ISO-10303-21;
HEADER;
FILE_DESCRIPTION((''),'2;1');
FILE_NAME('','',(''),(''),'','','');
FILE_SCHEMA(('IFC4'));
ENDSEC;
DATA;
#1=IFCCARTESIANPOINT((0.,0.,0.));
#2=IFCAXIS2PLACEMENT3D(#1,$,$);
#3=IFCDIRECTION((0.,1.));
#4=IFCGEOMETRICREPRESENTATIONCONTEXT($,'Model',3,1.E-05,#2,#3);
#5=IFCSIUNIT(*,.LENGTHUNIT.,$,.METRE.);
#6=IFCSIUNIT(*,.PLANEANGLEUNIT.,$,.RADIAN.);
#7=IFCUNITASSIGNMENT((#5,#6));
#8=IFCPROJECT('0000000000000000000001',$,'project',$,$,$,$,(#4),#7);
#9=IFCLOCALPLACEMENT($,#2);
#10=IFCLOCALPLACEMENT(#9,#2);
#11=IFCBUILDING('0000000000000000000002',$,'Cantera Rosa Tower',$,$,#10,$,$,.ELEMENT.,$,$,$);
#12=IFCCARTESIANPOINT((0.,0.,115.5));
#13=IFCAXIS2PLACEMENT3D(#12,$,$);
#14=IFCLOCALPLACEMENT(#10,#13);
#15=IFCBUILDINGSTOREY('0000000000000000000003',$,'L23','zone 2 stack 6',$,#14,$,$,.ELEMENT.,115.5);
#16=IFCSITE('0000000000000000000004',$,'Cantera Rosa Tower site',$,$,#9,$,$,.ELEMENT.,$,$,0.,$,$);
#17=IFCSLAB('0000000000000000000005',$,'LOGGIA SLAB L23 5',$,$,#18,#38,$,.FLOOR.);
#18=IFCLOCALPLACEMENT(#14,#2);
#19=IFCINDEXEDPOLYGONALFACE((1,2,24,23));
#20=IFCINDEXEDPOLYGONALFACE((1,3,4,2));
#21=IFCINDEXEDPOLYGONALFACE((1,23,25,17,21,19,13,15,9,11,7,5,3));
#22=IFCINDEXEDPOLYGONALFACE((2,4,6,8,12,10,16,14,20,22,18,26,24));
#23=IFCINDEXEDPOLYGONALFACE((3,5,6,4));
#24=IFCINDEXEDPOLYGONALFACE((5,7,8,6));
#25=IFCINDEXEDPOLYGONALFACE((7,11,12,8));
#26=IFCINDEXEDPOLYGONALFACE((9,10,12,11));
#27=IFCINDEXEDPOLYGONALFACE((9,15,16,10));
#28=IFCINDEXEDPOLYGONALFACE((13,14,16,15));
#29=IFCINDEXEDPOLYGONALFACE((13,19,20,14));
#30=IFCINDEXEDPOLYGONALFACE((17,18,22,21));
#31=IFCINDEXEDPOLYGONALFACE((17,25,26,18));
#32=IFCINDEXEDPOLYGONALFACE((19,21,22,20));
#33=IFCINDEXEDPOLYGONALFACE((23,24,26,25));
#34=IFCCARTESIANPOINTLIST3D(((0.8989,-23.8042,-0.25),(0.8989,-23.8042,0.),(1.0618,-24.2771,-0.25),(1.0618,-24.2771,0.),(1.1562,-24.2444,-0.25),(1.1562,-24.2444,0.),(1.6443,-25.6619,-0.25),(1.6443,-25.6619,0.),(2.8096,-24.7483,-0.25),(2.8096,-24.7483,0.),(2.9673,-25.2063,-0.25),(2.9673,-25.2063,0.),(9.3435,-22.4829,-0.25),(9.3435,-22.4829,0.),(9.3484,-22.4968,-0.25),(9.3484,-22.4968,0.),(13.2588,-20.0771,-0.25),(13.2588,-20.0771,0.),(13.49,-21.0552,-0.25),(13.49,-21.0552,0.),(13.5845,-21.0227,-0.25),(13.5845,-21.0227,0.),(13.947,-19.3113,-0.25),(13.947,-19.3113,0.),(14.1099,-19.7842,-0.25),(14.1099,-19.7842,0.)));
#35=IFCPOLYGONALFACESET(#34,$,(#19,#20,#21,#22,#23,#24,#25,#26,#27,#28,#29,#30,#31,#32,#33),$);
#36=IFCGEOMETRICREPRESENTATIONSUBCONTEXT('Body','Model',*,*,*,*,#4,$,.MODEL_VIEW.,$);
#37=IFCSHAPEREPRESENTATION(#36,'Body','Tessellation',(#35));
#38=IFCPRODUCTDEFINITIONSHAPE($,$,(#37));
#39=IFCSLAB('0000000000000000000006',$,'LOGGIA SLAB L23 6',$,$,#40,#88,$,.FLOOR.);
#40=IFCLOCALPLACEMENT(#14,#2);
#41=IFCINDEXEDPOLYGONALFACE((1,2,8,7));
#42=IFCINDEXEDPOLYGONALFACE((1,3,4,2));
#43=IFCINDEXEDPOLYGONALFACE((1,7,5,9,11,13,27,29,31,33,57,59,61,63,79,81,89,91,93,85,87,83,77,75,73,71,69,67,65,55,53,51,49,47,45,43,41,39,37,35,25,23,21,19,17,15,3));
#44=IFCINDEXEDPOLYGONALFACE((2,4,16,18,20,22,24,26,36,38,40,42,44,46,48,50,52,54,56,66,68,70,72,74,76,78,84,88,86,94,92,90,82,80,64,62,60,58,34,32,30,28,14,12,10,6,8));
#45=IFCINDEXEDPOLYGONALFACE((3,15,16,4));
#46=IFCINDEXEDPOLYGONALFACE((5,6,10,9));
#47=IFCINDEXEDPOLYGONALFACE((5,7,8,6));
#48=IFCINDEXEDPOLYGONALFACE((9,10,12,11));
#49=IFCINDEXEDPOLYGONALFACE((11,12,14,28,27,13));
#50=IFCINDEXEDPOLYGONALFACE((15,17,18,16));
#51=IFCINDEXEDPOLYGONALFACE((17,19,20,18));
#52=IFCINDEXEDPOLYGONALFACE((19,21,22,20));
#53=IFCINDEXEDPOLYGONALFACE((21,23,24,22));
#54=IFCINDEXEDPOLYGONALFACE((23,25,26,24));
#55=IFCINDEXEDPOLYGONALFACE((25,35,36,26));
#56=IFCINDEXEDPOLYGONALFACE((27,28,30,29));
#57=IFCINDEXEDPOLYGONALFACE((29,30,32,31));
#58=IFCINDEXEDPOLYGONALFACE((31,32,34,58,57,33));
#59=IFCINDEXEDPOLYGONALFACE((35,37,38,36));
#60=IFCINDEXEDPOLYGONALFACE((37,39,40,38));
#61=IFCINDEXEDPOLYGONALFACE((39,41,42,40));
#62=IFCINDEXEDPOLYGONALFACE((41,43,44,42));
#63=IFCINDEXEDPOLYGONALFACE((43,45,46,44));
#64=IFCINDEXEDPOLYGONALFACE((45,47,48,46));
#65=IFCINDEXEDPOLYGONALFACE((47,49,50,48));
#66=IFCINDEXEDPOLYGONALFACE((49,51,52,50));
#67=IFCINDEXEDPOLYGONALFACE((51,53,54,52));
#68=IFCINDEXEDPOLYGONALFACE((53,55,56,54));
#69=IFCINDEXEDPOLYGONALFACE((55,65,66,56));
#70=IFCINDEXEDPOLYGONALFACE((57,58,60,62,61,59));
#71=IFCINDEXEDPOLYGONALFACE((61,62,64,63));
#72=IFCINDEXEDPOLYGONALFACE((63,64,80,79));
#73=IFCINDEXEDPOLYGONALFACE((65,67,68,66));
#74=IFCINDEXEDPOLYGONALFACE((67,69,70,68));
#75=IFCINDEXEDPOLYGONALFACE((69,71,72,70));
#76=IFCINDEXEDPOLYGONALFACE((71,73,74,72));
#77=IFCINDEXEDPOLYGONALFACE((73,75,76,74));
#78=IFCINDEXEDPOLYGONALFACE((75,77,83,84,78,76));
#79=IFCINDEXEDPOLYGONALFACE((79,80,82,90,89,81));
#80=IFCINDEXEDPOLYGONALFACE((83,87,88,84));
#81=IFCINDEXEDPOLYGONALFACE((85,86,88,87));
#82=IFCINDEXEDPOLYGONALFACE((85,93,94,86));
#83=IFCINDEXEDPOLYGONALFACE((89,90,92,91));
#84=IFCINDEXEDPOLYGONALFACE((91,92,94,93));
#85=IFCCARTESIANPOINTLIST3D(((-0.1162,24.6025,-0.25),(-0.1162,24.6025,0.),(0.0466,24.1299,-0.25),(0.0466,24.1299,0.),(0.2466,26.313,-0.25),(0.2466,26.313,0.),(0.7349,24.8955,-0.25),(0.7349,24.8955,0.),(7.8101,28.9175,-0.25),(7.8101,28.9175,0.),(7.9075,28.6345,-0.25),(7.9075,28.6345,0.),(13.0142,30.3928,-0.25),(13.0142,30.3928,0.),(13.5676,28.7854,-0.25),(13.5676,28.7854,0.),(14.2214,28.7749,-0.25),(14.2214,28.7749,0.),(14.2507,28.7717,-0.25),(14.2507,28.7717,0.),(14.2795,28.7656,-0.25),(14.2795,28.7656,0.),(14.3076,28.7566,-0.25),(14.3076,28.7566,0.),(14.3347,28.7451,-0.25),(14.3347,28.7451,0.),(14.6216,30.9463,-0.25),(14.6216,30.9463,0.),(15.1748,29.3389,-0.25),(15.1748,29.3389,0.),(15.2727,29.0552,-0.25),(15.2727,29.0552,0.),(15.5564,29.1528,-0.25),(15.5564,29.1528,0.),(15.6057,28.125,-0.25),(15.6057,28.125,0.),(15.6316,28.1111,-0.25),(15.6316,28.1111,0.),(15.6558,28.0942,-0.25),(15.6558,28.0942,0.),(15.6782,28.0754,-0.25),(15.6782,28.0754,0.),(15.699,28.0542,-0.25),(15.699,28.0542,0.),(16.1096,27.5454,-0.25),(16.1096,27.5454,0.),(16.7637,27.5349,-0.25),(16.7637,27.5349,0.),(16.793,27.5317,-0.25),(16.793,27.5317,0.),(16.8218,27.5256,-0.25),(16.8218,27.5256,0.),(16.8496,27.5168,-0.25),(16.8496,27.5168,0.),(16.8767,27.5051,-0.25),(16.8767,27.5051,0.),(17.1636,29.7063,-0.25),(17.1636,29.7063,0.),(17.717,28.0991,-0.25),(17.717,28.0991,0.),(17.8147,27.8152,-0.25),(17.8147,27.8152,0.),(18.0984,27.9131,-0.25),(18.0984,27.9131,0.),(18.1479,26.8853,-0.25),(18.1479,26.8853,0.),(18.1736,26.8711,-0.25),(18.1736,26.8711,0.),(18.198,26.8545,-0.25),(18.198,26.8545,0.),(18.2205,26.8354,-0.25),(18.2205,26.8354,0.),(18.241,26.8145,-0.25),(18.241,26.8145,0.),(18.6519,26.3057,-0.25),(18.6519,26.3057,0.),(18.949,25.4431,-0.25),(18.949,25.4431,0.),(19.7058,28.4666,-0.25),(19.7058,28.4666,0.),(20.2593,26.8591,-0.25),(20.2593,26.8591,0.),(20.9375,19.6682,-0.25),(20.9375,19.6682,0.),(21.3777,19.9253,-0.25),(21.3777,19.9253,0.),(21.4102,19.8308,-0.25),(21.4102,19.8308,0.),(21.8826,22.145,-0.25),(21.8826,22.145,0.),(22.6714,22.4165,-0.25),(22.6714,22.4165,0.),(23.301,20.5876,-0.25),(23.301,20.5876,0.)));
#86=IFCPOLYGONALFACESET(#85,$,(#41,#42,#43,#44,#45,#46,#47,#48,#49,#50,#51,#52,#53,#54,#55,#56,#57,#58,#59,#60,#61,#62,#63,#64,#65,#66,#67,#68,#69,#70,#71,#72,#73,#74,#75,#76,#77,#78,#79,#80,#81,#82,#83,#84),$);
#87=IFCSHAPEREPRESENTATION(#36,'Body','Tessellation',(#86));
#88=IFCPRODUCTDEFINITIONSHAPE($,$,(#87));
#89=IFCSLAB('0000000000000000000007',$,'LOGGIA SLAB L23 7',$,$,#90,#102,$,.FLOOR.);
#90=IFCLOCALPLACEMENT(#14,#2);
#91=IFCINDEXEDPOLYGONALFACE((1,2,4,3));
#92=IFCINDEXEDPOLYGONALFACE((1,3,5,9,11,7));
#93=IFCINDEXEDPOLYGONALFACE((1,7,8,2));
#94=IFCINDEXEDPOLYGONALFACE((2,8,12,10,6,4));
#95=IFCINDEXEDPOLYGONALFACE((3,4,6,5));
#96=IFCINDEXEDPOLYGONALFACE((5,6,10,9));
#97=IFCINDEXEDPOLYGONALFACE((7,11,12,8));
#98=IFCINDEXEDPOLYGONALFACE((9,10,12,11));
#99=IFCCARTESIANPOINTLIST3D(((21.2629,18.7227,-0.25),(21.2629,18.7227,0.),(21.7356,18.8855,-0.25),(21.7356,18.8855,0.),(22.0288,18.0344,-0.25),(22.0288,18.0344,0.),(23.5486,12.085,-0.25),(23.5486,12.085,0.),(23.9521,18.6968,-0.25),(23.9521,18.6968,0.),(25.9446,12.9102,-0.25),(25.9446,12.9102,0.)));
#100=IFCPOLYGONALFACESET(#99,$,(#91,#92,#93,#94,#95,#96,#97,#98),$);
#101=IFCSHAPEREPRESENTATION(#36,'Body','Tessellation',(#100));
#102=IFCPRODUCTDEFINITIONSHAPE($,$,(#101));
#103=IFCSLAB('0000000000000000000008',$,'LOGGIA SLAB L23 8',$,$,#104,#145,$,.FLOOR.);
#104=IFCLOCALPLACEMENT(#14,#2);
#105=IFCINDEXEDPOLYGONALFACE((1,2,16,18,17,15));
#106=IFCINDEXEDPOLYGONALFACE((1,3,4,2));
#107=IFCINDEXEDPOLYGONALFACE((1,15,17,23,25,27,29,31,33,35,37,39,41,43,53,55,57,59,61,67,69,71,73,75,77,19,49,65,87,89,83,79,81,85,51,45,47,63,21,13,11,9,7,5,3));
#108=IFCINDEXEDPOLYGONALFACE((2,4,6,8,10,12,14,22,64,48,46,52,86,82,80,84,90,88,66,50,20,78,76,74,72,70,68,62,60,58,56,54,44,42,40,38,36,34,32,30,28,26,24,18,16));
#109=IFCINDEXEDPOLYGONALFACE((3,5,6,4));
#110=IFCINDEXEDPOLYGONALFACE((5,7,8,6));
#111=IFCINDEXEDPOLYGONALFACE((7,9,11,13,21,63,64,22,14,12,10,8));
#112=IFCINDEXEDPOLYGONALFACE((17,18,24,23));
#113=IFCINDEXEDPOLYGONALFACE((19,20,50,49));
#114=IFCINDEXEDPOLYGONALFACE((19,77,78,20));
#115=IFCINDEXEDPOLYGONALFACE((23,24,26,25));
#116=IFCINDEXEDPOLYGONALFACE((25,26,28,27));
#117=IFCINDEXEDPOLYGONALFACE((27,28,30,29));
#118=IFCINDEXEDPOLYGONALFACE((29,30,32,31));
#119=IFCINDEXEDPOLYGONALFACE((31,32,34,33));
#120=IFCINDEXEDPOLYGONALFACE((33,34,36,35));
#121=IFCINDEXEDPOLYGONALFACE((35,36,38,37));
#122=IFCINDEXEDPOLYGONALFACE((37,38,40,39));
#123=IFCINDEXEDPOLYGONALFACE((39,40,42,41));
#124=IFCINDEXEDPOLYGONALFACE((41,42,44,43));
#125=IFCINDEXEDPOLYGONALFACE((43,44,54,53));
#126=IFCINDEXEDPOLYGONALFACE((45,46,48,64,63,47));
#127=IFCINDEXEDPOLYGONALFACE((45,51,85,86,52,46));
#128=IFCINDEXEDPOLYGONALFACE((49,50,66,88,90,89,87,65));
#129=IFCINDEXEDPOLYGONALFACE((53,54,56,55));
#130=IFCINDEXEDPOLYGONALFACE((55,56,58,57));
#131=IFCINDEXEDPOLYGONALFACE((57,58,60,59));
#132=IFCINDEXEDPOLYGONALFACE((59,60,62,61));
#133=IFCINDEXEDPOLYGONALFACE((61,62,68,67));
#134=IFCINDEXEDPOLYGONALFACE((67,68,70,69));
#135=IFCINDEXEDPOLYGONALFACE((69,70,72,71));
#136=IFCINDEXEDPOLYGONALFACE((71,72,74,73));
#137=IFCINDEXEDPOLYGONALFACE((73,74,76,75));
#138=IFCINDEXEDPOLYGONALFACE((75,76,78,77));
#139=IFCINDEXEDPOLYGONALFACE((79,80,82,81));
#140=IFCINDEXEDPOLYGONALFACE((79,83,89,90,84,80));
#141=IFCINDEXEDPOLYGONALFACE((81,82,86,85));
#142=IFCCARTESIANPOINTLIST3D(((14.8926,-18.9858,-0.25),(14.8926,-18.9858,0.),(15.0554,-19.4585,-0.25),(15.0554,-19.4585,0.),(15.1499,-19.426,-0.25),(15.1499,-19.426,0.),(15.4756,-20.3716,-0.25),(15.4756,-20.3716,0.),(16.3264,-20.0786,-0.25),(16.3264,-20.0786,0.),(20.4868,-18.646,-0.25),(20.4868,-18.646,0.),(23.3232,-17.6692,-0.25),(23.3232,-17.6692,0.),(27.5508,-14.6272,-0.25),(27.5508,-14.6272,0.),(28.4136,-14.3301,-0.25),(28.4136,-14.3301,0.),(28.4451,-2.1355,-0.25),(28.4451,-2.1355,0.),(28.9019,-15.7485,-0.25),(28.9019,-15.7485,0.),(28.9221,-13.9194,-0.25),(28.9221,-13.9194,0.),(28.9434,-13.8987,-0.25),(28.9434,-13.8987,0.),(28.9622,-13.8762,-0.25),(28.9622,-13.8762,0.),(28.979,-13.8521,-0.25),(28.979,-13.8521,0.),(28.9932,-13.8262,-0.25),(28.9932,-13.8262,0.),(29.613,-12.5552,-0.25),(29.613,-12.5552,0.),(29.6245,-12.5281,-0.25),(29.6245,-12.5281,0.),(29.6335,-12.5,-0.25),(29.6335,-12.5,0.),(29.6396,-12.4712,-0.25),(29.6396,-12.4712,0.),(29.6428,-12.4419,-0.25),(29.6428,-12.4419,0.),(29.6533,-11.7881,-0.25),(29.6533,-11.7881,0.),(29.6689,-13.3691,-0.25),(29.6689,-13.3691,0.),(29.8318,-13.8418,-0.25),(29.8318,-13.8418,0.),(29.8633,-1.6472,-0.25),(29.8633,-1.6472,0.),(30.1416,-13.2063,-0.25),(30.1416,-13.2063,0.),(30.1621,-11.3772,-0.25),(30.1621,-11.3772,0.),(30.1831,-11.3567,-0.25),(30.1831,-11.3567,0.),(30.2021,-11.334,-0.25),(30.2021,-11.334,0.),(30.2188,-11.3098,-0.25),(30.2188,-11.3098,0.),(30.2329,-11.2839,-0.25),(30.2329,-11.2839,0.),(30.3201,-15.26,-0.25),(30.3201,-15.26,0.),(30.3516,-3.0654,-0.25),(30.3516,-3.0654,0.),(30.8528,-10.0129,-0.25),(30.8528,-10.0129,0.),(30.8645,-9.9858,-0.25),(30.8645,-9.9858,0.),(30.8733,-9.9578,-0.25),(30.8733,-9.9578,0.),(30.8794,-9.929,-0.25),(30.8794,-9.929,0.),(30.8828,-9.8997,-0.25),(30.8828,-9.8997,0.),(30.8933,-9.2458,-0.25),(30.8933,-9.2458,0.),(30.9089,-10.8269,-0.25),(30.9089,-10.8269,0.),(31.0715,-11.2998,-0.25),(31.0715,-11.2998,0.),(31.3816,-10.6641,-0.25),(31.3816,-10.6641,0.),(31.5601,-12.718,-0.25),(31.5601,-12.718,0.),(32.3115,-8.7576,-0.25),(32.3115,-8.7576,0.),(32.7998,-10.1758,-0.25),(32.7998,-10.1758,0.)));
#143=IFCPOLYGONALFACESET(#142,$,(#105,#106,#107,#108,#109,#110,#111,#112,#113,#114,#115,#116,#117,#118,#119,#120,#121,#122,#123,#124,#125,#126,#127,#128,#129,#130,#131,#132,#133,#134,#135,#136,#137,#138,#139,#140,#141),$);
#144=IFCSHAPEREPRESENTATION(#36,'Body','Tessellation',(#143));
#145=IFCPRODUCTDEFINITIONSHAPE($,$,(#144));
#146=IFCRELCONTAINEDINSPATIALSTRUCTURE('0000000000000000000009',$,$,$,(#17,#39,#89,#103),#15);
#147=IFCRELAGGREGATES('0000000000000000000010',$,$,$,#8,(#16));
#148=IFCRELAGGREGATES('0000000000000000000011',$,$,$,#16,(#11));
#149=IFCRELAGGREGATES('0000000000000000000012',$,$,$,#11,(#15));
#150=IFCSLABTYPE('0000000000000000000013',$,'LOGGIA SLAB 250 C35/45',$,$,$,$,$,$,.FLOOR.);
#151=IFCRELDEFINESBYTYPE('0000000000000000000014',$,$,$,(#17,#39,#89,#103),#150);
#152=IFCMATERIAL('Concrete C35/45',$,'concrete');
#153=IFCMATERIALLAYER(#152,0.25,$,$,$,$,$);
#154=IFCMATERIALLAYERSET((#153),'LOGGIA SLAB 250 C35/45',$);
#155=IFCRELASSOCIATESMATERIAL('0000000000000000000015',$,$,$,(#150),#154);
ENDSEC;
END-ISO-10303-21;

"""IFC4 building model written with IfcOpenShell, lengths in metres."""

from ifc_helpers import new_model, si_unit, direction, frame, origin, place, context, subcontext, project, spatial, polyline, outline, extrude, material, layer, layer_set, type_object, element, save


model = new_model("IFC4")

# Units and contexts
model_context = context("Model", 3, precision=1e-05, world=origin(), true_north=direction((0.0, 1.0)))
body_context = subcontext(model_context, "Body", "Model", "MODEL_VIEW")
ifc_project = project(units=[si_unit("LENGTHUNIT", "METRE"), si_unit("PLANEANGLEUNIT", "RADIAN")], contexts=[model_context])

# Site, building, storey
site_placement = place(None, origin())
site = spatial("IfcSite", under=ifc_project, at=site_placement, Name="Cantera Rosa Tower site", CompositionType="ELEMENT", RefElevation=0.0)
building_placement = place(site_placement, origin())
building = spatial("IfcBuilding", under=site, at=building_placement, Name="Cantera Rosa Tower", CompositionType="ELEMENT")
storey_placement = place(building_placement, frame((0.0, 0.0, 115.5)))
storey = spatial("IfcBuildingStorey", under=building, at=storey_placement, Name="L23", Description="zone 2 stack 6", CompositionType="ELEMENT", Elevation=115.5)

# Slabs
ifc_material_1 = material(Name="Concrete C35/45", Category="concrete")
ifc_layer_1 = layer(ifc_material_1, 0.25)
ifc_layer_set_1 = layer_set([ifc_layer_1], Name="LOGGIA SLAB 250 C35/45")
slab_type_1 = type_object("IfcSlabType", Name="LOGGIA SLAB 250 C35/45", PredefinedType="FLOOR", material=ifc_layer_set_1)
slab_1_placement = place(storey_placement, frame((0.0, 0.0, -0.25)))
element("IfcSlab", 1, at=slab_1_placement, inside=storey, type_object=slab_type_1, Name="LOGGIA SLAB L23 5", PredefinedType="FLOOR", context=body_context, shape_type="SweptSolid", body=[
    extrude(outline(polyline([(1.0618, -24.2771), (0.8989, -23.8042), (13.947, -19.3113), (14.1099, -19.7842), (13.2588, -20.0771), (13.5845, -21.0227), (13.49, -21.0552), (9.3435, -22.4829), (9.3484, -22.4968), (2.8096, -24.7483), (2.9673, -25.2063), (1.6443, -25.6619), (1.1562, -24.2444), (1.0618, -24.2771)])), origin(), (0.0, 0.0, 1.0), 0.25),
])
slab_2_placement = place(storey_placement, frame((0.0, 0.0, -0.25)))
element("IfcSlab", 2, at=slab_2_placement, inside=storey, type_object=slab_type_1, Name="LOGGIA SLAB L23 6", PredefinedType="FLOOR", context=body_context, shape_type="SweptSolid", body=[
    extrude(outline(polyline([(13.0142, 30.3928), (14.6216, 30.9463), (15.1748, 29.3389), (15.2727, 29.0552), (15.5564, 29.1528), (17.1636, 29.7063), (17.717, 28.0991), (17.8147, 27.8152), (18.0984, 27.9131), (19.7058, 28.4666), (20.2593, 26.8591), (21.8826, 22.145), (22.6714, 22.4165), (23.301, 20.5876), (21.3777, 19.9253), (21.4102, 19.8308), (20.9375, 19.6682), (18.949, 25.4431), (18.6519, 26.3057), (18.241, 26.8145), (18.2205, 26.8354), (18.198, 26.8545), (18.1736, 26.8711), (18.1479, 26.8853), (16.8767, 27.5051), (16.8496, 27.5168), (16.8218, 27.5256), (16.793, 27.5317), (16.7637, 27.5349), (16.1096, 27.5454), (15.699, 28.0542), (15.6782, 28.0754), (15.6558, 28.0942), (15.6316, 28.1111), (15.6057, 28.125), (14.3347, 28.7451), (14.3076, 28.7566), (14.2795, 28.7656), (14.2507, 28.7717), (14.2214, 28.7749), (13.5676, 28.7854), (0.0466, 24.1299), (-0.1162, 24.6025), (0.7349, 24.8955), (0.2466, 26.313), (7.8101, 28.9175), (7.9075, 28.6345), (13.0142, 30.3928)])), origin(), (0.0, 0.0, 1.0), 0.25),
])
slab_3_placement = place(storey_placement, frame((0.0, 0.0, -0.25)))
element("IfcSlab", 3, at=slab_3_placement, inside=storey, type_object=slab_type_1, Name="LOGGIA SLAB L23 7", PredefinedType="FLOOR", context=body_context, shape_type="SweptSolid", body=[
    extrude(outline(polyline([(21.7356, 18.8855), (22.0288, 18.0344), (23.9521, 18.6968), (25.9446, 12.9102), (23.5486, 12.085), (21.2629, 18.7227), (21.7356, 18.8855)])), origin(), (0.0, 0.0, 1.0), 0.25),
])
slab_4_placement = place(storey_placement, frame((0.0, 0.0, -0.25)))
element("IfcSlab", 4, at=slab_4_placement, inside=storey, type_object=slab_type_1, Name="LOGGIA SLAB L23 8", PredefinedType="FLOOR", context=body_context, shape_type="SweptSolid", body=[
    extrude(outline(polyline([(32.3115, -8.7576), (32.7998, -10.1758), (31.3816, -10.6641), (30.9089, -10.8269), (31.0715, -11.2998), (31.5601, -12.718), (30.1416, -13.2063), (29.6689, -13.3691), (29.8318, -13.8418), (30.3201, -15.26), (28.9019, -15.7485), (23.3232, -17.6692), (20.4868, -18.646), (16.3264, -20.0786), (15.4756, -20.3716), (15.1499, -19.426), (15.0554, -19.4585), (14.8926, -18.9858), (27.5508, -14.6272), (28.4136, -14.3301), (28.9221, -13.9194), (28.9434, -13.8987), (28.9622, -13.8762), (28.979, -13.8521), (28.9932, -13.8262), (29.613, -12.5552), (29.6245, -12.5281), (29.6335, -12.5), (29.6396, -12.4712), (29.6428, -12.4419), (29.6533, -11.7881), (30.1621, -11.3772), (30.1831, -11.3567), (30.2021, -11.334), (30.2188, -11.3098), (30.2329, -11.2839), (30.8528, -10.0129), (30.8645, -9.9858), (30.8733, -9.9578), (30.8794, -9.929), (30.8828, -9.8997), (30.8933, -9.2458), (28.4451, -2.1355), (29.8633, -1.6472), (30.3516, -3.0654), (32.3115, -8.7576)])), origin(), (0.0, 0.0, 1.0), 0.25),
])

save(model, "model.ifc")
